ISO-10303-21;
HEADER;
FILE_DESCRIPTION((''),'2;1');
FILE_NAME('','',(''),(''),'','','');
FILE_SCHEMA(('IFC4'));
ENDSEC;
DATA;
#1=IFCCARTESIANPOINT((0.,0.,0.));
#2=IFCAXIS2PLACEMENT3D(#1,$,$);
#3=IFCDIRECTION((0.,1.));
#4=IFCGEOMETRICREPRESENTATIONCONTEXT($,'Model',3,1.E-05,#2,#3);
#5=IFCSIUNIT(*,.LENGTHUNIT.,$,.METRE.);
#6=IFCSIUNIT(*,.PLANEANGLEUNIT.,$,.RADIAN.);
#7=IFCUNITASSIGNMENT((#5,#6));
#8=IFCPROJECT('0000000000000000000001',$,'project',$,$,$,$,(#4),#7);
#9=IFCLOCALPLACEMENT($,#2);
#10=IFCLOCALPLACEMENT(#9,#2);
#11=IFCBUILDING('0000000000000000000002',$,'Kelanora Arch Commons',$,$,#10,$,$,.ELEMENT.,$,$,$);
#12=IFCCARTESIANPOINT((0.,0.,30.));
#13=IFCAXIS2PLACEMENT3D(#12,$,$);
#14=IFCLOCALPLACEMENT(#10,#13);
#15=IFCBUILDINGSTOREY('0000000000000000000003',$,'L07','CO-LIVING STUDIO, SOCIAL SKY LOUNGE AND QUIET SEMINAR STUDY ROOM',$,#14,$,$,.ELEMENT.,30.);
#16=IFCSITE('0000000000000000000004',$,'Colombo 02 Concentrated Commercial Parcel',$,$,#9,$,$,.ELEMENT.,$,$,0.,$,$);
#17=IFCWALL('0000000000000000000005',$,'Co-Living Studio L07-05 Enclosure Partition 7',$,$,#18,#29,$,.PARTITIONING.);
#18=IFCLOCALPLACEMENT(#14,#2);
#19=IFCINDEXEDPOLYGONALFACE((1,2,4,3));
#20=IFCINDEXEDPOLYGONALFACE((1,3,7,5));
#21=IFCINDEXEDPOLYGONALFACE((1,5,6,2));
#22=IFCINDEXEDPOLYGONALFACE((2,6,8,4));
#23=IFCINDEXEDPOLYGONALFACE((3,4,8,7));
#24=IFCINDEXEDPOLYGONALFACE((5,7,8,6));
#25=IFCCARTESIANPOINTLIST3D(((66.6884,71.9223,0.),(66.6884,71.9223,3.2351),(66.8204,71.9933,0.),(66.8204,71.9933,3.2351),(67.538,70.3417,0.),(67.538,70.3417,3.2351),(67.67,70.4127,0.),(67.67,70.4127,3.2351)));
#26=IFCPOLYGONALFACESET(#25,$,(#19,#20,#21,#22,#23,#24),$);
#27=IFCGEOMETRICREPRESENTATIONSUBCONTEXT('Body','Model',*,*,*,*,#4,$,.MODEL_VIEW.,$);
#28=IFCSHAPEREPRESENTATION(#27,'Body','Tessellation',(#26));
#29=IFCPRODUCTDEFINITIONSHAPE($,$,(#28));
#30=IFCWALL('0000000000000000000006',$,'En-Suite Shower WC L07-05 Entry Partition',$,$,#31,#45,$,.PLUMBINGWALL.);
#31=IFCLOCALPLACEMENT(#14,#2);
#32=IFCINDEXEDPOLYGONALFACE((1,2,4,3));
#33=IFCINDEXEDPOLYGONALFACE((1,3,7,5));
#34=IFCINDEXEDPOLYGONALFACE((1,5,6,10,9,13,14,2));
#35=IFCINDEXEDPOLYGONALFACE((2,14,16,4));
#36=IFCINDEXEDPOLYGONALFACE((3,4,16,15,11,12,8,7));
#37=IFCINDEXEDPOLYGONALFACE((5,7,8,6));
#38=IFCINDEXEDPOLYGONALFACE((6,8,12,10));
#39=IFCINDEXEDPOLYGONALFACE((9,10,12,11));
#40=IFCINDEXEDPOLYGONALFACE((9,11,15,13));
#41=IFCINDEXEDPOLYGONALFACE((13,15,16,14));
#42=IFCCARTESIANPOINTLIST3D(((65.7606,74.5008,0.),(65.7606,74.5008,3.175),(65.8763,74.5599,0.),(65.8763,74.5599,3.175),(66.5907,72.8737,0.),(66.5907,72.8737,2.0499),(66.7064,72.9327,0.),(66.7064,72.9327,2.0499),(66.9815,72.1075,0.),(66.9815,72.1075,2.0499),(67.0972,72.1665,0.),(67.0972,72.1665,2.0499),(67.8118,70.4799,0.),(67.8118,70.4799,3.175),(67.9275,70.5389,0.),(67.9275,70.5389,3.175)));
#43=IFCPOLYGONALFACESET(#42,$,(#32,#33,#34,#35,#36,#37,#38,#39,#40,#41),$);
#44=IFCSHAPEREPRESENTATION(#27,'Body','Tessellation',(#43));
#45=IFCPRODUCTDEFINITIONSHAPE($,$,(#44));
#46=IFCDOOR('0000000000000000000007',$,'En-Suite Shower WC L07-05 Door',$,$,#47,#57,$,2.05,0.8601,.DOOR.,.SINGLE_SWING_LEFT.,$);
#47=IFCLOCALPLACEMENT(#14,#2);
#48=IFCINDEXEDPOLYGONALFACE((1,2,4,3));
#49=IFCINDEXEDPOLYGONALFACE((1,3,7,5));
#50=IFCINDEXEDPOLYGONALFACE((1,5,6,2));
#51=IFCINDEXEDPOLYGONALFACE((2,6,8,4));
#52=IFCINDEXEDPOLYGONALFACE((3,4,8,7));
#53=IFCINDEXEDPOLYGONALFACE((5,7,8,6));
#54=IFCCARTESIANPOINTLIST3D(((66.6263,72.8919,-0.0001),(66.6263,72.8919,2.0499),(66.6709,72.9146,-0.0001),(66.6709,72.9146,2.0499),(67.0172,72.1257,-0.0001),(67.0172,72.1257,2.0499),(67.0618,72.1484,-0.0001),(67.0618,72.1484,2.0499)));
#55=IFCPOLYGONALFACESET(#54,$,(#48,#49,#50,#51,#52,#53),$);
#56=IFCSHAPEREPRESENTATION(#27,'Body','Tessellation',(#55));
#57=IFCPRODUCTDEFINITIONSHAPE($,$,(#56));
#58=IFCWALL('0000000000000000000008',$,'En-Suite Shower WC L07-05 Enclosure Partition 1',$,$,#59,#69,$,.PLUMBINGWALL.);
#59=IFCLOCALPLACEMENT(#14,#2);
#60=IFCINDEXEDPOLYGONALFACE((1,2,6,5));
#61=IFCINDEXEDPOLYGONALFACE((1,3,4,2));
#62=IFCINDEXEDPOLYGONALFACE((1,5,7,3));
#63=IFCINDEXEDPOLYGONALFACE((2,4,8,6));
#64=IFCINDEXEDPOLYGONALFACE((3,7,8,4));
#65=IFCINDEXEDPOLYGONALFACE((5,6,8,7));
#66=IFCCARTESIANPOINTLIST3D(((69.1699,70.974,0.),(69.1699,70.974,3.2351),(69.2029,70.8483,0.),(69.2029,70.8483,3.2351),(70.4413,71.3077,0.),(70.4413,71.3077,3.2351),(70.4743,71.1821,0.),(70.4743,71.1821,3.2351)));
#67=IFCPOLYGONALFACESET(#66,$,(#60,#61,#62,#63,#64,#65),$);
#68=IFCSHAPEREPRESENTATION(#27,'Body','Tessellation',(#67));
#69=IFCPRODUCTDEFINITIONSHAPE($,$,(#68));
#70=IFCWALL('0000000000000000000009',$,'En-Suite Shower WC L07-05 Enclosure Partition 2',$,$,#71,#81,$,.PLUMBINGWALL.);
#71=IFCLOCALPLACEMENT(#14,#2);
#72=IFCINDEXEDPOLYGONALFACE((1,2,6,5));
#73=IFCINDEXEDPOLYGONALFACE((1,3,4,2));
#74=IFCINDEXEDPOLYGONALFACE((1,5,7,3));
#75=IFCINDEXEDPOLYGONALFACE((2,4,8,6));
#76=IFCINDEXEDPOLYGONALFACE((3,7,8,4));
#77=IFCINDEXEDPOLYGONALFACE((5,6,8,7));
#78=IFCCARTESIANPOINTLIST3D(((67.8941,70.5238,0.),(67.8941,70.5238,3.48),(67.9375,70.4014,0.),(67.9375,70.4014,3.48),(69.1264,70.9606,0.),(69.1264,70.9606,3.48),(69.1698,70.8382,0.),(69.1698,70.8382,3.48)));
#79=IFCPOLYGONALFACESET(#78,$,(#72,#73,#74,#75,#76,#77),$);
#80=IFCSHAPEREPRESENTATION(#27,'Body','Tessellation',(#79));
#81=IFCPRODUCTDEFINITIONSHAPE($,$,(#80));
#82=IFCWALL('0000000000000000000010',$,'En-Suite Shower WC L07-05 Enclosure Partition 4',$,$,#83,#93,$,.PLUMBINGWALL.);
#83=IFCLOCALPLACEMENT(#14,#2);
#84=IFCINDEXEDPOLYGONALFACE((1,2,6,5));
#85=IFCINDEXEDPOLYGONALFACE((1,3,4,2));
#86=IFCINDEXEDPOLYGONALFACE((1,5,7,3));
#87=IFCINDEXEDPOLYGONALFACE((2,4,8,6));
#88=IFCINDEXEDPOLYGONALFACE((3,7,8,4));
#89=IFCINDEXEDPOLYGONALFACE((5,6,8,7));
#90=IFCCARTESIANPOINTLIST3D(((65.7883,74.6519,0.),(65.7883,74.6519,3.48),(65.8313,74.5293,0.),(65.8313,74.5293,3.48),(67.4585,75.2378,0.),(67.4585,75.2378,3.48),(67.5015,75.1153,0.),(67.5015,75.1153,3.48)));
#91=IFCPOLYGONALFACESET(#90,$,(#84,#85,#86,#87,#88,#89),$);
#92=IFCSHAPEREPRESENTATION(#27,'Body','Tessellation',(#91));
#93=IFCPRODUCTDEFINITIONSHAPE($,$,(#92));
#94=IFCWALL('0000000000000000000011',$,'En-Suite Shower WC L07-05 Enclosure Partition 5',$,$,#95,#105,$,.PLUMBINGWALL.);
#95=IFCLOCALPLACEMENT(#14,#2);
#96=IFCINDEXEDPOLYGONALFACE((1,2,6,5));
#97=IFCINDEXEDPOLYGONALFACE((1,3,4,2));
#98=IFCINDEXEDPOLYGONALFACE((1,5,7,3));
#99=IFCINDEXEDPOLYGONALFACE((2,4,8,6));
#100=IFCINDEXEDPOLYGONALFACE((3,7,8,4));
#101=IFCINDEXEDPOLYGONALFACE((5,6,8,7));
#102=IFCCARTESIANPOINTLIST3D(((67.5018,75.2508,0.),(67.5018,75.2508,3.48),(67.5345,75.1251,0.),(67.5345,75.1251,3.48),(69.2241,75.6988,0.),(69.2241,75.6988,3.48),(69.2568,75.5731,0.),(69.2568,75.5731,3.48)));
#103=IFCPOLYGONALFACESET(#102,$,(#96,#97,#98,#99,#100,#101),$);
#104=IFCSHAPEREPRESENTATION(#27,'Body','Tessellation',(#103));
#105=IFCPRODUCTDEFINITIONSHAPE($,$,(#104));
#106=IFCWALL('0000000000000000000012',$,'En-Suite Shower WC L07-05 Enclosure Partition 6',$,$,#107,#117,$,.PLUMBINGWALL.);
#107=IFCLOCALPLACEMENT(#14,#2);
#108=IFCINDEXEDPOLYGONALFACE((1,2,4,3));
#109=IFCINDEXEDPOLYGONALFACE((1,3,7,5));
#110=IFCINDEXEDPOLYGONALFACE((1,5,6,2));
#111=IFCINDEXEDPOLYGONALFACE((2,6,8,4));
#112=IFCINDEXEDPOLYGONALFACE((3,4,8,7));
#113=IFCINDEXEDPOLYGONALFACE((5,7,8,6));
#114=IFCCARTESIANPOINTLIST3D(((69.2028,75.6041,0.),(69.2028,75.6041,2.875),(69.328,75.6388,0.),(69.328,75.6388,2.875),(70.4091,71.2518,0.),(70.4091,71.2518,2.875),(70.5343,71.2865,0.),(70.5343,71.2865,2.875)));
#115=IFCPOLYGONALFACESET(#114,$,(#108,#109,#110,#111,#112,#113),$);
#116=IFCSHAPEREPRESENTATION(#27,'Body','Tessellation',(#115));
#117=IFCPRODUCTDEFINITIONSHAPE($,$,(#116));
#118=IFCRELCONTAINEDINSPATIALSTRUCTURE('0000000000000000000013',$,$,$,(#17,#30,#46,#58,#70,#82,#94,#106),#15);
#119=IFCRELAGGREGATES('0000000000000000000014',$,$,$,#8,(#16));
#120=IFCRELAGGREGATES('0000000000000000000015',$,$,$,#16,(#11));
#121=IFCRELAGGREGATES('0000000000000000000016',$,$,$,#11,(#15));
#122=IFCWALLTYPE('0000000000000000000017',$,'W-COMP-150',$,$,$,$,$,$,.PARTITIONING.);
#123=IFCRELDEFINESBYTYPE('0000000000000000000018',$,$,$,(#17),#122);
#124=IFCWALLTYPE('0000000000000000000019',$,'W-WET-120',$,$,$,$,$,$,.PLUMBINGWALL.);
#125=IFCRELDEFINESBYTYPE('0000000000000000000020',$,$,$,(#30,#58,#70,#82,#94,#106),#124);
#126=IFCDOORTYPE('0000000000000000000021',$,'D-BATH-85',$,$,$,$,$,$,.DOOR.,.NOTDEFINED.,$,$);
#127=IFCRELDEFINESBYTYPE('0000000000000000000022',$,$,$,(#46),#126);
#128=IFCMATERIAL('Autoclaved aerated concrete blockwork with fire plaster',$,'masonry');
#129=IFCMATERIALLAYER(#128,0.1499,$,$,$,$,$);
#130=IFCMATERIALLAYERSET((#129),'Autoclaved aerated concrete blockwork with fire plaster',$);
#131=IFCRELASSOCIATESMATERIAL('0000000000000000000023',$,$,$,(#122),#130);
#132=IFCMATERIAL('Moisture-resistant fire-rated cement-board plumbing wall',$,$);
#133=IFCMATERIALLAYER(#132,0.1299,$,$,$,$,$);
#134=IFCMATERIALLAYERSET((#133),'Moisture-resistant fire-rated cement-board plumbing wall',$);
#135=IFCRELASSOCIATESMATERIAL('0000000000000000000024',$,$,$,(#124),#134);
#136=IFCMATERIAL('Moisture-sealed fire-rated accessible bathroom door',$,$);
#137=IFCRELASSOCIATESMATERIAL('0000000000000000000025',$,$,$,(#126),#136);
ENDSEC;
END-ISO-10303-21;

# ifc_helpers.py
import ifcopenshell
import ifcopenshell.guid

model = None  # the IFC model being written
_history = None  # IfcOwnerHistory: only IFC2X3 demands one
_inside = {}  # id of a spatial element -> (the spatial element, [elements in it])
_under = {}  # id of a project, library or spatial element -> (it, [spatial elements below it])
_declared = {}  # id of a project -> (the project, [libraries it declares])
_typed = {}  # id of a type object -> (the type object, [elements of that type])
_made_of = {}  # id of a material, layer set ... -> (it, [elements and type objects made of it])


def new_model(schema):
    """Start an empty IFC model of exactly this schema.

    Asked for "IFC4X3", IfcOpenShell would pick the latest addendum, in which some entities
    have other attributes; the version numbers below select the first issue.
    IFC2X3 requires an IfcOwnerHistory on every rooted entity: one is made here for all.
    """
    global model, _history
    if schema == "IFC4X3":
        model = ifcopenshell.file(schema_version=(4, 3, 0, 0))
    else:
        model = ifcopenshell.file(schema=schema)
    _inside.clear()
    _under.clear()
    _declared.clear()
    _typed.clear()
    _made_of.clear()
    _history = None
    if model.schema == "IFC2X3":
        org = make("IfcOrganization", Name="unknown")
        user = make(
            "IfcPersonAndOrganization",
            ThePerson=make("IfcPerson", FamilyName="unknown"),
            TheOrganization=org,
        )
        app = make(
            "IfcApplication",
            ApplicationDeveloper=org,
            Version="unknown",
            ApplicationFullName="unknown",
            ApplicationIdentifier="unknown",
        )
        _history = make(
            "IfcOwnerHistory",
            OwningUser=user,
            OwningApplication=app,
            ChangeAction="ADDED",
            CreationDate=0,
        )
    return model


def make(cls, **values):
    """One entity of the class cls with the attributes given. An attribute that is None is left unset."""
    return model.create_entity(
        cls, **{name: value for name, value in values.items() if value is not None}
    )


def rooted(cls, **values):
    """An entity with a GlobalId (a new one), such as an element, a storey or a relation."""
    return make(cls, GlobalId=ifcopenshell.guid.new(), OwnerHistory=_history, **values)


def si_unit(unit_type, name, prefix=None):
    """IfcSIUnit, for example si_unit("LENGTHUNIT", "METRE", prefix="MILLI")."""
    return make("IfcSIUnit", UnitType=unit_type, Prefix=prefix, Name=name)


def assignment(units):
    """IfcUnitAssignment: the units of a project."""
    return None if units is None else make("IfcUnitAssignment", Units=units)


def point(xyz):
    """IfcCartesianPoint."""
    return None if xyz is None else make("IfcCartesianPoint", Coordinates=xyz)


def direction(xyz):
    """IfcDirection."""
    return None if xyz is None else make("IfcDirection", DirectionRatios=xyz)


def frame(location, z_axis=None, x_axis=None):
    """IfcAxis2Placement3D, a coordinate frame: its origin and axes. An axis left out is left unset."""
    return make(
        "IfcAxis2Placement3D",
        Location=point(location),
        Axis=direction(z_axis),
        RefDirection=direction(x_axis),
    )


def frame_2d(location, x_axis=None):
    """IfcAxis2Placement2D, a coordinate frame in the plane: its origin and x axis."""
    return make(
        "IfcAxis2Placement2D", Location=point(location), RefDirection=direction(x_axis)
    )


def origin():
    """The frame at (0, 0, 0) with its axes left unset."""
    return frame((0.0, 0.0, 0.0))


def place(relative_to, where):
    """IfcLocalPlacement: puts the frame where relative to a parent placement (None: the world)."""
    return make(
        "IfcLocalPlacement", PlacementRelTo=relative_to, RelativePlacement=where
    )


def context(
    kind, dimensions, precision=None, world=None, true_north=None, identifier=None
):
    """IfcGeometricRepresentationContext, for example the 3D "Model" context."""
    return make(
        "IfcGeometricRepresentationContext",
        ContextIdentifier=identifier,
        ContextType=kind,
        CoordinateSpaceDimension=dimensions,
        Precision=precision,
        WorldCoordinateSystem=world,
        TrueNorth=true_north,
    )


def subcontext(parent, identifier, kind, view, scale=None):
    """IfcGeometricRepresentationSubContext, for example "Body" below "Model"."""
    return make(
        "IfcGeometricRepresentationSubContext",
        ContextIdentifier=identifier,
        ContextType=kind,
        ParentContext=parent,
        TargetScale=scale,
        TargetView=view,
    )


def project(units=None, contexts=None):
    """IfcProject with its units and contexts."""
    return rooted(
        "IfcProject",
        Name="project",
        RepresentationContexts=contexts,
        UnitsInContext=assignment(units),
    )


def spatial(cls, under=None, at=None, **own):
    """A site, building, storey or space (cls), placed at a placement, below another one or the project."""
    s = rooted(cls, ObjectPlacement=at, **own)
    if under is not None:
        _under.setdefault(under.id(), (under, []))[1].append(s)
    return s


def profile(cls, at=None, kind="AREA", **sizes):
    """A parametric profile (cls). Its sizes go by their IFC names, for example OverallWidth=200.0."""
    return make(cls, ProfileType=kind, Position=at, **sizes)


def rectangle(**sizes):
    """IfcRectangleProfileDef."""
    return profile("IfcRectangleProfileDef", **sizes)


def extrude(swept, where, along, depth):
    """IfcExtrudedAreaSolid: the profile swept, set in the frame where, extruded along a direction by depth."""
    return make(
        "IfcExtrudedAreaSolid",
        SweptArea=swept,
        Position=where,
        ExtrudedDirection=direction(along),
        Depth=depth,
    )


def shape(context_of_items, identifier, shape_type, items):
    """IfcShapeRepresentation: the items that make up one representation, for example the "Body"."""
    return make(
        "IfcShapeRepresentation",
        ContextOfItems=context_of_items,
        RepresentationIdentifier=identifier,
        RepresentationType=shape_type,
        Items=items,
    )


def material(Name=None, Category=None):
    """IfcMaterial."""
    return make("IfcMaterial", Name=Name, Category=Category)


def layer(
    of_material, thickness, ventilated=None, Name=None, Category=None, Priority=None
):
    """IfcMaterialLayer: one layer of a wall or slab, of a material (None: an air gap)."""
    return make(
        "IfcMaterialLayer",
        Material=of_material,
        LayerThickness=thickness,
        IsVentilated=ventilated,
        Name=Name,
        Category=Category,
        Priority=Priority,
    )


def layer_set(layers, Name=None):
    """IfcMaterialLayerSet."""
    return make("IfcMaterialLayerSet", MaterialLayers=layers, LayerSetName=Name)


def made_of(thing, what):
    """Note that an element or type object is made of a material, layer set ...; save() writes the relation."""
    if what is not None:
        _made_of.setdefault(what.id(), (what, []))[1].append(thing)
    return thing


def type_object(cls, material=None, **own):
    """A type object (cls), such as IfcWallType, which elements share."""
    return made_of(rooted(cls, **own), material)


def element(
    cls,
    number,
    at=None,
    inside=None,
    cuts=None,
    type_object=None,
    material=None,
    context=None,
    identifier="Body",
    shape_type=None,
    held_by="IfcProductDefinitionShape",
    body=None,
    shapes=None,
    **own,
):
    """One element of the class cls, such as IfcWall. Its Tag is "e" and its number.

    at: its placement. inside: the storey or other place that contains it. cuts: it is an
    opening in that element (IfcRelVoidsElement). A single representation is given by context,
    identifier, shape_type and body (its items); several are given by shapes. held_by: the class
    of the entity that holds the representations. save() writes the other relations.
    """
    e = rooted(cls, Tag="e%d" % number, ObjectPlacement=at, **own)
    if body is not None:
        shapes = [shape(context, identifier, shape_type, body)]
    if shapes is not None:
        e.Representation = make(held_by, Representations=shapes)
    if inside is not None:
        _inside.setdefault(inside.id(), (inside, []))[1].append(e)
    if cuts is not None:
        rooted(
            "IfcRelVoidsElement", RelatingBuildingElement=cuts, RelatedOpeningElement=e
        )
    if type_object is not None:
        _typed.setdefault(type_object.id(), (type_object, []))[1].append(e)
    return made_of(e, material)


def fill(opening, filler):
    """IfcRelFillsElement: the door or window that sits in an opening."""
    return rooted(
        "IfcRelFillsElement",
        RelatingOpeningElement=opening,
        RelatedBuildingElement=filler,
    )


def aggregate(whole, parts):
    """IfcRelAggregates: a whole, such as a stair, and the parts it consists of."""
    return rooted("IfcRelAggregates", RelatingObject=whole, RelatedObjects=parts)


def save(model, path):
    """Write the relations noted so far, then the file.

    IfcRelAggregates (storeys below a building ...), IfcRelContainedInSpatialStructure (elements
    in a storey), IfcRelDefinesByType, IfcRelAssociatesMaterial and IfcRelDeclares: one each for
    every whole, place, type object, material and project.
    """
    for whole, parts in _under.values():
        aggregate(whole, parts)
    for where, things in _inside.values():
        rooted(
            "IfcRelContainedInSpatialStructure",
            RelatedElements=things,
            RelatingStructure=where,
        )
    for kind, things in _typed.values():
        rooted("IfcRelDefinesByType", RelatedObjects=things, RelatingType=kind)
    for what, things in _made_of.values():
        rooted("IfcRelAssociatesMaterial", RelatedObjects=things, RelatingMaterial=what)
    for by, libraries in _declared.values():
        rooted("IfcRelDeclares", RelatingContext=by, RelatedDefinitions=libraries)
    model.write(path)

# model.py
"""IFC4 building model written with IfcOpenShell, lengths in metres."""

from ifc_helpers import new_model, si_unit, direction, frame, frame_2d, origin, place, context, subcontext, project, spatial, rectangle, extrude, material, layer, layer_set, type_object, element, fill, save


model = new_model("IFC4")

# Units and contexts
model_context = context("Model", 3, precision=1e-05, world=origin(), true_north=direction((0.0, 1.0)))
body_context = subcontext(model_context, "Body", "Model", "MODEL_VIEW")
ifc_project = project(units=[si_unit("LENGTHUNIT", "METRE"), si_unit("PLANEANGLEUNIT", "RADIAN")], contexts=[model_context])

# Site, building, storey
site_placement = place(None, origin())
site = spatial("IfcSite", under=ifc_project, at=site_placement, Name="Colombo 02 Concentrated Commercial Parcel", CompositionType="ELEMENT", RefElevation=0.0)
building_placement = place(site_placement, origin())
building = spatial("IfcBuilding", under=site, at=building_placement, Name="Kelanora Arch Commons", CompositionType="ELEMENT")
storey_placement = place(building_placement, frame((0.0, 0.0, 30.0)))
storey = spatial("IfcBuildingStorey", under=building, at=storey_placement, Name="L07", Description="CO-LIVING STUDIO, SOCIAL SKY LOUNGE AND QUIET SEMINAR STUDY ROOM", CompositionType="ELEMENT", Elevation=30.0)

# Shared definitions
ifc_material_1 = material(Name="Autoclaved aerated concrete blockwork with fire plaster", Category="masonry")
ifc_layer_1 = layer(ifc_material_1, 0.1499)
ifc_layer_set_1 = layer_set([ifc_layer_1], Name="Autoclaved aerated concrete blockwork with fire plaster")
wall_type_1 = type_object("IfcWallType", Name="W-COMP-150", PredefinedType="PARTITIONING", material=ifc_layer_set_1)

# Wall
wall_1_placement = place(storey_placement, frame((66.7544, 71.9578, 0.0), z_axis=(0.0, 0.0, 1.0), x_axis=(0.473467, -0.880812, 0.0)))
element("IfcWall", 1, at=wall_1_placement, inside=storey, type_object=wall_type_1, Name="Co-Living Studio L07-05 Enclosure Partition 7", PredefinedType="PARTITIONING", context=body_context, shape_type="SweptSolid", body=[
    extrude(rectangle(XDim=1.7944, YDim=0.1499, at=frame_2d((0.8972, 0.0))), origin(), (0.0, 0.0, 1.0), 3.2351),
])

# Wall, opening, door
ifc_material_2 = material(Name="Moisture-resistant fire-rated cement-board plumbing wall")
ifc_layer_2 = layer(ifc_material_2, 0.1299)
ifc_layer_set_2 = layer_set([ifc_layer_2], Name="Moisture-resistant fire-rated cement-board plumbing wall")
wall_type_2 = type_object("IfcWallType", Name="W-WET-120", PredefinedType="PLUMBINGWALL", material=ifc_layer_set_2)
wall_2_placement = place(storey_placement, frame((67.8696, 70.5095, 0.0), z_axis=(0.0, 0.0, 1.0), x_axis=(-0.454425, 0.890785, 0.0)))
wall_2 = element("IfcWall", 2, at=wall_2_placement, inside=storey, type_object=wall_type_2, Name="En-Suite Shower WC L07-05 Entry Partition", PredefinedType="PLUMBINGWALL", context=body_context, shape_type="SweptSolid", body=[
    extrude(rectangle(XDim=4.5139, YDim=0.1299, at=frame_2d((2.2568, 0.0))), origin(), (0.0, 0.0, 1.0), 3.175),
])
opening_1_placement = place(wall_2_placement, frame((1.8269, 0.0, 0.0)))
opening_1 = element("IfcOpeningElement", 3, at=opening_1_placement, cuts=wall_2, PredefinedType="OPENING", context=body_context, shape_type="SweptSolid", body=[
    extrude(rectangle(XDim=0.8601, YDim=2.05, at=frame_2d((0.4302, 1.0249))), frame((0.0, 0.075, 0.0), z_axis=(0.0, -1.0, 0.0), x_axis=(1.0, 0.0, 0.0)), (0.0, 0.0, 1.0), 0.1499),
])
ifc_material_3 = material(Name="Moisture-sealed fire-rated accessible bathroom door")
door_type_1 = type_object("IfcDoorType", Name="D-BATH-85", OperationType="NOTDEFINED", PredefinedType="DOOR", material=ifc_material_3)
door_1_placement = place(opening_1_placement, origin())
door_1 = element("IfcDoor", 4, at=door_1_placement, inside=storey, type_object=door_type_1, Name="En-Suite Shower WC L07-05 Door", OperationType="SINGLE_SWING_LEFT", OverallHeight=2.05, OverallWidth=0.8601, PredefinedType="DOOR", context=body_context, shape_type="SweptSolid", body=[
    extrude(rectangle(XDim=0.8601, YDim=2.05, at=frame_2d((0.4302, 1.0249))), frame((0.0, 0.0249, 0.0), z_axis=(0.0, -1.0, 0.0), x_axis=(1.0, 0.0, 0.0)), (0.0, 0.0, 1.0), 0.05),
])
fill(opening_1, door_1)

# Walls
wall_3_placement = place(storey_placement, frame((70.4578, 71.2449, 0.0), z_axis=(0.0, 0.0, 1.0), x_axis=(-0.967236, -0.253881, 0.0)))
element("IfcWall", 5, at=wall_3_placement, inside=storey, type_object=wall_type_2, Name="En-Suite Shower WC L07-05 Enclosure Partition 1", PredefinedType="PLUMBINGWALL", context=body_context, shape_type="SweptSolid", body=[
    extrude(rectangle(XDim=1.3145, YDim=0.1299, at=frame_2d((0.6572, 0.0))), origin(), (0.0, 0.0, 1.0), 3.2351),
])
wall_4_placement = place(storey_placement, frame((69.1482, 70.8994, 0.0), z_axis=(0.0, 0.0, 1.0), x_axis=(-0.942538, -0.334099, 0.0)))
element("IfcWall", 6, at=wall_4_placement, inside=storey, type_object=wall_type_2, Name="En-Suite Shower WC L07-05 Enclosure Partition 2", PredefinedType="PLUMBINGWALL", context=body_context, shape_type="SweptSolid", body=[
    extrude(rectangle(XDim=1.3074, YDim=0.1299, at=frame_2d((0.6538, 0.0))), origin(), (0.0, 0.0, 1.0), 3.48),
])
wall_5_placement = place(storey_placement, frame((65.8098, 74.5906, 0.0), z_axis=(0.0, 0.0, 1.0), x_axis=(0.943615, 0.331045, 0.0)))
element("IfcWall", 7, at=wall_5_placement, inside=storey, type_object=wall_type_2, Name="En-Suite Shower WC L07-05 Enclosure Partition 4", PredefinedType="PLUMBINGWALL", context=body_context, shape_type="SweptSolid", body=[
    extrude(rectangle(XDim=1.77, YDim=0.1299, at=frame_2d((0.885, 0.0))), origin(), (0.0, 0.0, 1.0), 3.48),
])
wall_6_placement = place(storey_placement, frame((67.5183, 75.188, 0.0), z_axis=(0.0, 0.0, 1.0), x_axis=(0.96779, 0.251757, 0.0)))
element("IfcWall", 8, at=wall_6_placement, inside=storey, type_object=wall_type_2, Name="En-Suite Shower WC L07-05 Enclosure Partition 5", PredefinedType="PLUMBINGWALL", context=body_context, shape_type="SweptSolid", body=[
    extrude(rectangle(XDim=1.7795, YDim=0.1299, at=frame_2d((0.8896, 0.0))), origin(), (0.0, 0.0, 1.0), 3.48),
])
wall_7_placement = place(storey_placement, frame((69.2654, 75.6216, 0.0), z_axis=(0.0, 0.0, 1.0), x_axis=(0.267095, -0.96367, 0.0)))
element("IfcWall", 9, at=wall_7_placement, inside=storey, type_object=wall_type_2, Name="En-Suite Shower WC L07-05 Enclosure Partition 6", PredefinedType="PLUMBINGWALL", context=body_context, shape_type="SweptSolid", body=[
    extrude(rectangle(XDim=4.5164, YDim=0.1299, at=frame_2d((2.2583, 0.0))), origin(), (0.0, 0.0, 1.0), 2.875),
])

save(model, "model.ifc")
